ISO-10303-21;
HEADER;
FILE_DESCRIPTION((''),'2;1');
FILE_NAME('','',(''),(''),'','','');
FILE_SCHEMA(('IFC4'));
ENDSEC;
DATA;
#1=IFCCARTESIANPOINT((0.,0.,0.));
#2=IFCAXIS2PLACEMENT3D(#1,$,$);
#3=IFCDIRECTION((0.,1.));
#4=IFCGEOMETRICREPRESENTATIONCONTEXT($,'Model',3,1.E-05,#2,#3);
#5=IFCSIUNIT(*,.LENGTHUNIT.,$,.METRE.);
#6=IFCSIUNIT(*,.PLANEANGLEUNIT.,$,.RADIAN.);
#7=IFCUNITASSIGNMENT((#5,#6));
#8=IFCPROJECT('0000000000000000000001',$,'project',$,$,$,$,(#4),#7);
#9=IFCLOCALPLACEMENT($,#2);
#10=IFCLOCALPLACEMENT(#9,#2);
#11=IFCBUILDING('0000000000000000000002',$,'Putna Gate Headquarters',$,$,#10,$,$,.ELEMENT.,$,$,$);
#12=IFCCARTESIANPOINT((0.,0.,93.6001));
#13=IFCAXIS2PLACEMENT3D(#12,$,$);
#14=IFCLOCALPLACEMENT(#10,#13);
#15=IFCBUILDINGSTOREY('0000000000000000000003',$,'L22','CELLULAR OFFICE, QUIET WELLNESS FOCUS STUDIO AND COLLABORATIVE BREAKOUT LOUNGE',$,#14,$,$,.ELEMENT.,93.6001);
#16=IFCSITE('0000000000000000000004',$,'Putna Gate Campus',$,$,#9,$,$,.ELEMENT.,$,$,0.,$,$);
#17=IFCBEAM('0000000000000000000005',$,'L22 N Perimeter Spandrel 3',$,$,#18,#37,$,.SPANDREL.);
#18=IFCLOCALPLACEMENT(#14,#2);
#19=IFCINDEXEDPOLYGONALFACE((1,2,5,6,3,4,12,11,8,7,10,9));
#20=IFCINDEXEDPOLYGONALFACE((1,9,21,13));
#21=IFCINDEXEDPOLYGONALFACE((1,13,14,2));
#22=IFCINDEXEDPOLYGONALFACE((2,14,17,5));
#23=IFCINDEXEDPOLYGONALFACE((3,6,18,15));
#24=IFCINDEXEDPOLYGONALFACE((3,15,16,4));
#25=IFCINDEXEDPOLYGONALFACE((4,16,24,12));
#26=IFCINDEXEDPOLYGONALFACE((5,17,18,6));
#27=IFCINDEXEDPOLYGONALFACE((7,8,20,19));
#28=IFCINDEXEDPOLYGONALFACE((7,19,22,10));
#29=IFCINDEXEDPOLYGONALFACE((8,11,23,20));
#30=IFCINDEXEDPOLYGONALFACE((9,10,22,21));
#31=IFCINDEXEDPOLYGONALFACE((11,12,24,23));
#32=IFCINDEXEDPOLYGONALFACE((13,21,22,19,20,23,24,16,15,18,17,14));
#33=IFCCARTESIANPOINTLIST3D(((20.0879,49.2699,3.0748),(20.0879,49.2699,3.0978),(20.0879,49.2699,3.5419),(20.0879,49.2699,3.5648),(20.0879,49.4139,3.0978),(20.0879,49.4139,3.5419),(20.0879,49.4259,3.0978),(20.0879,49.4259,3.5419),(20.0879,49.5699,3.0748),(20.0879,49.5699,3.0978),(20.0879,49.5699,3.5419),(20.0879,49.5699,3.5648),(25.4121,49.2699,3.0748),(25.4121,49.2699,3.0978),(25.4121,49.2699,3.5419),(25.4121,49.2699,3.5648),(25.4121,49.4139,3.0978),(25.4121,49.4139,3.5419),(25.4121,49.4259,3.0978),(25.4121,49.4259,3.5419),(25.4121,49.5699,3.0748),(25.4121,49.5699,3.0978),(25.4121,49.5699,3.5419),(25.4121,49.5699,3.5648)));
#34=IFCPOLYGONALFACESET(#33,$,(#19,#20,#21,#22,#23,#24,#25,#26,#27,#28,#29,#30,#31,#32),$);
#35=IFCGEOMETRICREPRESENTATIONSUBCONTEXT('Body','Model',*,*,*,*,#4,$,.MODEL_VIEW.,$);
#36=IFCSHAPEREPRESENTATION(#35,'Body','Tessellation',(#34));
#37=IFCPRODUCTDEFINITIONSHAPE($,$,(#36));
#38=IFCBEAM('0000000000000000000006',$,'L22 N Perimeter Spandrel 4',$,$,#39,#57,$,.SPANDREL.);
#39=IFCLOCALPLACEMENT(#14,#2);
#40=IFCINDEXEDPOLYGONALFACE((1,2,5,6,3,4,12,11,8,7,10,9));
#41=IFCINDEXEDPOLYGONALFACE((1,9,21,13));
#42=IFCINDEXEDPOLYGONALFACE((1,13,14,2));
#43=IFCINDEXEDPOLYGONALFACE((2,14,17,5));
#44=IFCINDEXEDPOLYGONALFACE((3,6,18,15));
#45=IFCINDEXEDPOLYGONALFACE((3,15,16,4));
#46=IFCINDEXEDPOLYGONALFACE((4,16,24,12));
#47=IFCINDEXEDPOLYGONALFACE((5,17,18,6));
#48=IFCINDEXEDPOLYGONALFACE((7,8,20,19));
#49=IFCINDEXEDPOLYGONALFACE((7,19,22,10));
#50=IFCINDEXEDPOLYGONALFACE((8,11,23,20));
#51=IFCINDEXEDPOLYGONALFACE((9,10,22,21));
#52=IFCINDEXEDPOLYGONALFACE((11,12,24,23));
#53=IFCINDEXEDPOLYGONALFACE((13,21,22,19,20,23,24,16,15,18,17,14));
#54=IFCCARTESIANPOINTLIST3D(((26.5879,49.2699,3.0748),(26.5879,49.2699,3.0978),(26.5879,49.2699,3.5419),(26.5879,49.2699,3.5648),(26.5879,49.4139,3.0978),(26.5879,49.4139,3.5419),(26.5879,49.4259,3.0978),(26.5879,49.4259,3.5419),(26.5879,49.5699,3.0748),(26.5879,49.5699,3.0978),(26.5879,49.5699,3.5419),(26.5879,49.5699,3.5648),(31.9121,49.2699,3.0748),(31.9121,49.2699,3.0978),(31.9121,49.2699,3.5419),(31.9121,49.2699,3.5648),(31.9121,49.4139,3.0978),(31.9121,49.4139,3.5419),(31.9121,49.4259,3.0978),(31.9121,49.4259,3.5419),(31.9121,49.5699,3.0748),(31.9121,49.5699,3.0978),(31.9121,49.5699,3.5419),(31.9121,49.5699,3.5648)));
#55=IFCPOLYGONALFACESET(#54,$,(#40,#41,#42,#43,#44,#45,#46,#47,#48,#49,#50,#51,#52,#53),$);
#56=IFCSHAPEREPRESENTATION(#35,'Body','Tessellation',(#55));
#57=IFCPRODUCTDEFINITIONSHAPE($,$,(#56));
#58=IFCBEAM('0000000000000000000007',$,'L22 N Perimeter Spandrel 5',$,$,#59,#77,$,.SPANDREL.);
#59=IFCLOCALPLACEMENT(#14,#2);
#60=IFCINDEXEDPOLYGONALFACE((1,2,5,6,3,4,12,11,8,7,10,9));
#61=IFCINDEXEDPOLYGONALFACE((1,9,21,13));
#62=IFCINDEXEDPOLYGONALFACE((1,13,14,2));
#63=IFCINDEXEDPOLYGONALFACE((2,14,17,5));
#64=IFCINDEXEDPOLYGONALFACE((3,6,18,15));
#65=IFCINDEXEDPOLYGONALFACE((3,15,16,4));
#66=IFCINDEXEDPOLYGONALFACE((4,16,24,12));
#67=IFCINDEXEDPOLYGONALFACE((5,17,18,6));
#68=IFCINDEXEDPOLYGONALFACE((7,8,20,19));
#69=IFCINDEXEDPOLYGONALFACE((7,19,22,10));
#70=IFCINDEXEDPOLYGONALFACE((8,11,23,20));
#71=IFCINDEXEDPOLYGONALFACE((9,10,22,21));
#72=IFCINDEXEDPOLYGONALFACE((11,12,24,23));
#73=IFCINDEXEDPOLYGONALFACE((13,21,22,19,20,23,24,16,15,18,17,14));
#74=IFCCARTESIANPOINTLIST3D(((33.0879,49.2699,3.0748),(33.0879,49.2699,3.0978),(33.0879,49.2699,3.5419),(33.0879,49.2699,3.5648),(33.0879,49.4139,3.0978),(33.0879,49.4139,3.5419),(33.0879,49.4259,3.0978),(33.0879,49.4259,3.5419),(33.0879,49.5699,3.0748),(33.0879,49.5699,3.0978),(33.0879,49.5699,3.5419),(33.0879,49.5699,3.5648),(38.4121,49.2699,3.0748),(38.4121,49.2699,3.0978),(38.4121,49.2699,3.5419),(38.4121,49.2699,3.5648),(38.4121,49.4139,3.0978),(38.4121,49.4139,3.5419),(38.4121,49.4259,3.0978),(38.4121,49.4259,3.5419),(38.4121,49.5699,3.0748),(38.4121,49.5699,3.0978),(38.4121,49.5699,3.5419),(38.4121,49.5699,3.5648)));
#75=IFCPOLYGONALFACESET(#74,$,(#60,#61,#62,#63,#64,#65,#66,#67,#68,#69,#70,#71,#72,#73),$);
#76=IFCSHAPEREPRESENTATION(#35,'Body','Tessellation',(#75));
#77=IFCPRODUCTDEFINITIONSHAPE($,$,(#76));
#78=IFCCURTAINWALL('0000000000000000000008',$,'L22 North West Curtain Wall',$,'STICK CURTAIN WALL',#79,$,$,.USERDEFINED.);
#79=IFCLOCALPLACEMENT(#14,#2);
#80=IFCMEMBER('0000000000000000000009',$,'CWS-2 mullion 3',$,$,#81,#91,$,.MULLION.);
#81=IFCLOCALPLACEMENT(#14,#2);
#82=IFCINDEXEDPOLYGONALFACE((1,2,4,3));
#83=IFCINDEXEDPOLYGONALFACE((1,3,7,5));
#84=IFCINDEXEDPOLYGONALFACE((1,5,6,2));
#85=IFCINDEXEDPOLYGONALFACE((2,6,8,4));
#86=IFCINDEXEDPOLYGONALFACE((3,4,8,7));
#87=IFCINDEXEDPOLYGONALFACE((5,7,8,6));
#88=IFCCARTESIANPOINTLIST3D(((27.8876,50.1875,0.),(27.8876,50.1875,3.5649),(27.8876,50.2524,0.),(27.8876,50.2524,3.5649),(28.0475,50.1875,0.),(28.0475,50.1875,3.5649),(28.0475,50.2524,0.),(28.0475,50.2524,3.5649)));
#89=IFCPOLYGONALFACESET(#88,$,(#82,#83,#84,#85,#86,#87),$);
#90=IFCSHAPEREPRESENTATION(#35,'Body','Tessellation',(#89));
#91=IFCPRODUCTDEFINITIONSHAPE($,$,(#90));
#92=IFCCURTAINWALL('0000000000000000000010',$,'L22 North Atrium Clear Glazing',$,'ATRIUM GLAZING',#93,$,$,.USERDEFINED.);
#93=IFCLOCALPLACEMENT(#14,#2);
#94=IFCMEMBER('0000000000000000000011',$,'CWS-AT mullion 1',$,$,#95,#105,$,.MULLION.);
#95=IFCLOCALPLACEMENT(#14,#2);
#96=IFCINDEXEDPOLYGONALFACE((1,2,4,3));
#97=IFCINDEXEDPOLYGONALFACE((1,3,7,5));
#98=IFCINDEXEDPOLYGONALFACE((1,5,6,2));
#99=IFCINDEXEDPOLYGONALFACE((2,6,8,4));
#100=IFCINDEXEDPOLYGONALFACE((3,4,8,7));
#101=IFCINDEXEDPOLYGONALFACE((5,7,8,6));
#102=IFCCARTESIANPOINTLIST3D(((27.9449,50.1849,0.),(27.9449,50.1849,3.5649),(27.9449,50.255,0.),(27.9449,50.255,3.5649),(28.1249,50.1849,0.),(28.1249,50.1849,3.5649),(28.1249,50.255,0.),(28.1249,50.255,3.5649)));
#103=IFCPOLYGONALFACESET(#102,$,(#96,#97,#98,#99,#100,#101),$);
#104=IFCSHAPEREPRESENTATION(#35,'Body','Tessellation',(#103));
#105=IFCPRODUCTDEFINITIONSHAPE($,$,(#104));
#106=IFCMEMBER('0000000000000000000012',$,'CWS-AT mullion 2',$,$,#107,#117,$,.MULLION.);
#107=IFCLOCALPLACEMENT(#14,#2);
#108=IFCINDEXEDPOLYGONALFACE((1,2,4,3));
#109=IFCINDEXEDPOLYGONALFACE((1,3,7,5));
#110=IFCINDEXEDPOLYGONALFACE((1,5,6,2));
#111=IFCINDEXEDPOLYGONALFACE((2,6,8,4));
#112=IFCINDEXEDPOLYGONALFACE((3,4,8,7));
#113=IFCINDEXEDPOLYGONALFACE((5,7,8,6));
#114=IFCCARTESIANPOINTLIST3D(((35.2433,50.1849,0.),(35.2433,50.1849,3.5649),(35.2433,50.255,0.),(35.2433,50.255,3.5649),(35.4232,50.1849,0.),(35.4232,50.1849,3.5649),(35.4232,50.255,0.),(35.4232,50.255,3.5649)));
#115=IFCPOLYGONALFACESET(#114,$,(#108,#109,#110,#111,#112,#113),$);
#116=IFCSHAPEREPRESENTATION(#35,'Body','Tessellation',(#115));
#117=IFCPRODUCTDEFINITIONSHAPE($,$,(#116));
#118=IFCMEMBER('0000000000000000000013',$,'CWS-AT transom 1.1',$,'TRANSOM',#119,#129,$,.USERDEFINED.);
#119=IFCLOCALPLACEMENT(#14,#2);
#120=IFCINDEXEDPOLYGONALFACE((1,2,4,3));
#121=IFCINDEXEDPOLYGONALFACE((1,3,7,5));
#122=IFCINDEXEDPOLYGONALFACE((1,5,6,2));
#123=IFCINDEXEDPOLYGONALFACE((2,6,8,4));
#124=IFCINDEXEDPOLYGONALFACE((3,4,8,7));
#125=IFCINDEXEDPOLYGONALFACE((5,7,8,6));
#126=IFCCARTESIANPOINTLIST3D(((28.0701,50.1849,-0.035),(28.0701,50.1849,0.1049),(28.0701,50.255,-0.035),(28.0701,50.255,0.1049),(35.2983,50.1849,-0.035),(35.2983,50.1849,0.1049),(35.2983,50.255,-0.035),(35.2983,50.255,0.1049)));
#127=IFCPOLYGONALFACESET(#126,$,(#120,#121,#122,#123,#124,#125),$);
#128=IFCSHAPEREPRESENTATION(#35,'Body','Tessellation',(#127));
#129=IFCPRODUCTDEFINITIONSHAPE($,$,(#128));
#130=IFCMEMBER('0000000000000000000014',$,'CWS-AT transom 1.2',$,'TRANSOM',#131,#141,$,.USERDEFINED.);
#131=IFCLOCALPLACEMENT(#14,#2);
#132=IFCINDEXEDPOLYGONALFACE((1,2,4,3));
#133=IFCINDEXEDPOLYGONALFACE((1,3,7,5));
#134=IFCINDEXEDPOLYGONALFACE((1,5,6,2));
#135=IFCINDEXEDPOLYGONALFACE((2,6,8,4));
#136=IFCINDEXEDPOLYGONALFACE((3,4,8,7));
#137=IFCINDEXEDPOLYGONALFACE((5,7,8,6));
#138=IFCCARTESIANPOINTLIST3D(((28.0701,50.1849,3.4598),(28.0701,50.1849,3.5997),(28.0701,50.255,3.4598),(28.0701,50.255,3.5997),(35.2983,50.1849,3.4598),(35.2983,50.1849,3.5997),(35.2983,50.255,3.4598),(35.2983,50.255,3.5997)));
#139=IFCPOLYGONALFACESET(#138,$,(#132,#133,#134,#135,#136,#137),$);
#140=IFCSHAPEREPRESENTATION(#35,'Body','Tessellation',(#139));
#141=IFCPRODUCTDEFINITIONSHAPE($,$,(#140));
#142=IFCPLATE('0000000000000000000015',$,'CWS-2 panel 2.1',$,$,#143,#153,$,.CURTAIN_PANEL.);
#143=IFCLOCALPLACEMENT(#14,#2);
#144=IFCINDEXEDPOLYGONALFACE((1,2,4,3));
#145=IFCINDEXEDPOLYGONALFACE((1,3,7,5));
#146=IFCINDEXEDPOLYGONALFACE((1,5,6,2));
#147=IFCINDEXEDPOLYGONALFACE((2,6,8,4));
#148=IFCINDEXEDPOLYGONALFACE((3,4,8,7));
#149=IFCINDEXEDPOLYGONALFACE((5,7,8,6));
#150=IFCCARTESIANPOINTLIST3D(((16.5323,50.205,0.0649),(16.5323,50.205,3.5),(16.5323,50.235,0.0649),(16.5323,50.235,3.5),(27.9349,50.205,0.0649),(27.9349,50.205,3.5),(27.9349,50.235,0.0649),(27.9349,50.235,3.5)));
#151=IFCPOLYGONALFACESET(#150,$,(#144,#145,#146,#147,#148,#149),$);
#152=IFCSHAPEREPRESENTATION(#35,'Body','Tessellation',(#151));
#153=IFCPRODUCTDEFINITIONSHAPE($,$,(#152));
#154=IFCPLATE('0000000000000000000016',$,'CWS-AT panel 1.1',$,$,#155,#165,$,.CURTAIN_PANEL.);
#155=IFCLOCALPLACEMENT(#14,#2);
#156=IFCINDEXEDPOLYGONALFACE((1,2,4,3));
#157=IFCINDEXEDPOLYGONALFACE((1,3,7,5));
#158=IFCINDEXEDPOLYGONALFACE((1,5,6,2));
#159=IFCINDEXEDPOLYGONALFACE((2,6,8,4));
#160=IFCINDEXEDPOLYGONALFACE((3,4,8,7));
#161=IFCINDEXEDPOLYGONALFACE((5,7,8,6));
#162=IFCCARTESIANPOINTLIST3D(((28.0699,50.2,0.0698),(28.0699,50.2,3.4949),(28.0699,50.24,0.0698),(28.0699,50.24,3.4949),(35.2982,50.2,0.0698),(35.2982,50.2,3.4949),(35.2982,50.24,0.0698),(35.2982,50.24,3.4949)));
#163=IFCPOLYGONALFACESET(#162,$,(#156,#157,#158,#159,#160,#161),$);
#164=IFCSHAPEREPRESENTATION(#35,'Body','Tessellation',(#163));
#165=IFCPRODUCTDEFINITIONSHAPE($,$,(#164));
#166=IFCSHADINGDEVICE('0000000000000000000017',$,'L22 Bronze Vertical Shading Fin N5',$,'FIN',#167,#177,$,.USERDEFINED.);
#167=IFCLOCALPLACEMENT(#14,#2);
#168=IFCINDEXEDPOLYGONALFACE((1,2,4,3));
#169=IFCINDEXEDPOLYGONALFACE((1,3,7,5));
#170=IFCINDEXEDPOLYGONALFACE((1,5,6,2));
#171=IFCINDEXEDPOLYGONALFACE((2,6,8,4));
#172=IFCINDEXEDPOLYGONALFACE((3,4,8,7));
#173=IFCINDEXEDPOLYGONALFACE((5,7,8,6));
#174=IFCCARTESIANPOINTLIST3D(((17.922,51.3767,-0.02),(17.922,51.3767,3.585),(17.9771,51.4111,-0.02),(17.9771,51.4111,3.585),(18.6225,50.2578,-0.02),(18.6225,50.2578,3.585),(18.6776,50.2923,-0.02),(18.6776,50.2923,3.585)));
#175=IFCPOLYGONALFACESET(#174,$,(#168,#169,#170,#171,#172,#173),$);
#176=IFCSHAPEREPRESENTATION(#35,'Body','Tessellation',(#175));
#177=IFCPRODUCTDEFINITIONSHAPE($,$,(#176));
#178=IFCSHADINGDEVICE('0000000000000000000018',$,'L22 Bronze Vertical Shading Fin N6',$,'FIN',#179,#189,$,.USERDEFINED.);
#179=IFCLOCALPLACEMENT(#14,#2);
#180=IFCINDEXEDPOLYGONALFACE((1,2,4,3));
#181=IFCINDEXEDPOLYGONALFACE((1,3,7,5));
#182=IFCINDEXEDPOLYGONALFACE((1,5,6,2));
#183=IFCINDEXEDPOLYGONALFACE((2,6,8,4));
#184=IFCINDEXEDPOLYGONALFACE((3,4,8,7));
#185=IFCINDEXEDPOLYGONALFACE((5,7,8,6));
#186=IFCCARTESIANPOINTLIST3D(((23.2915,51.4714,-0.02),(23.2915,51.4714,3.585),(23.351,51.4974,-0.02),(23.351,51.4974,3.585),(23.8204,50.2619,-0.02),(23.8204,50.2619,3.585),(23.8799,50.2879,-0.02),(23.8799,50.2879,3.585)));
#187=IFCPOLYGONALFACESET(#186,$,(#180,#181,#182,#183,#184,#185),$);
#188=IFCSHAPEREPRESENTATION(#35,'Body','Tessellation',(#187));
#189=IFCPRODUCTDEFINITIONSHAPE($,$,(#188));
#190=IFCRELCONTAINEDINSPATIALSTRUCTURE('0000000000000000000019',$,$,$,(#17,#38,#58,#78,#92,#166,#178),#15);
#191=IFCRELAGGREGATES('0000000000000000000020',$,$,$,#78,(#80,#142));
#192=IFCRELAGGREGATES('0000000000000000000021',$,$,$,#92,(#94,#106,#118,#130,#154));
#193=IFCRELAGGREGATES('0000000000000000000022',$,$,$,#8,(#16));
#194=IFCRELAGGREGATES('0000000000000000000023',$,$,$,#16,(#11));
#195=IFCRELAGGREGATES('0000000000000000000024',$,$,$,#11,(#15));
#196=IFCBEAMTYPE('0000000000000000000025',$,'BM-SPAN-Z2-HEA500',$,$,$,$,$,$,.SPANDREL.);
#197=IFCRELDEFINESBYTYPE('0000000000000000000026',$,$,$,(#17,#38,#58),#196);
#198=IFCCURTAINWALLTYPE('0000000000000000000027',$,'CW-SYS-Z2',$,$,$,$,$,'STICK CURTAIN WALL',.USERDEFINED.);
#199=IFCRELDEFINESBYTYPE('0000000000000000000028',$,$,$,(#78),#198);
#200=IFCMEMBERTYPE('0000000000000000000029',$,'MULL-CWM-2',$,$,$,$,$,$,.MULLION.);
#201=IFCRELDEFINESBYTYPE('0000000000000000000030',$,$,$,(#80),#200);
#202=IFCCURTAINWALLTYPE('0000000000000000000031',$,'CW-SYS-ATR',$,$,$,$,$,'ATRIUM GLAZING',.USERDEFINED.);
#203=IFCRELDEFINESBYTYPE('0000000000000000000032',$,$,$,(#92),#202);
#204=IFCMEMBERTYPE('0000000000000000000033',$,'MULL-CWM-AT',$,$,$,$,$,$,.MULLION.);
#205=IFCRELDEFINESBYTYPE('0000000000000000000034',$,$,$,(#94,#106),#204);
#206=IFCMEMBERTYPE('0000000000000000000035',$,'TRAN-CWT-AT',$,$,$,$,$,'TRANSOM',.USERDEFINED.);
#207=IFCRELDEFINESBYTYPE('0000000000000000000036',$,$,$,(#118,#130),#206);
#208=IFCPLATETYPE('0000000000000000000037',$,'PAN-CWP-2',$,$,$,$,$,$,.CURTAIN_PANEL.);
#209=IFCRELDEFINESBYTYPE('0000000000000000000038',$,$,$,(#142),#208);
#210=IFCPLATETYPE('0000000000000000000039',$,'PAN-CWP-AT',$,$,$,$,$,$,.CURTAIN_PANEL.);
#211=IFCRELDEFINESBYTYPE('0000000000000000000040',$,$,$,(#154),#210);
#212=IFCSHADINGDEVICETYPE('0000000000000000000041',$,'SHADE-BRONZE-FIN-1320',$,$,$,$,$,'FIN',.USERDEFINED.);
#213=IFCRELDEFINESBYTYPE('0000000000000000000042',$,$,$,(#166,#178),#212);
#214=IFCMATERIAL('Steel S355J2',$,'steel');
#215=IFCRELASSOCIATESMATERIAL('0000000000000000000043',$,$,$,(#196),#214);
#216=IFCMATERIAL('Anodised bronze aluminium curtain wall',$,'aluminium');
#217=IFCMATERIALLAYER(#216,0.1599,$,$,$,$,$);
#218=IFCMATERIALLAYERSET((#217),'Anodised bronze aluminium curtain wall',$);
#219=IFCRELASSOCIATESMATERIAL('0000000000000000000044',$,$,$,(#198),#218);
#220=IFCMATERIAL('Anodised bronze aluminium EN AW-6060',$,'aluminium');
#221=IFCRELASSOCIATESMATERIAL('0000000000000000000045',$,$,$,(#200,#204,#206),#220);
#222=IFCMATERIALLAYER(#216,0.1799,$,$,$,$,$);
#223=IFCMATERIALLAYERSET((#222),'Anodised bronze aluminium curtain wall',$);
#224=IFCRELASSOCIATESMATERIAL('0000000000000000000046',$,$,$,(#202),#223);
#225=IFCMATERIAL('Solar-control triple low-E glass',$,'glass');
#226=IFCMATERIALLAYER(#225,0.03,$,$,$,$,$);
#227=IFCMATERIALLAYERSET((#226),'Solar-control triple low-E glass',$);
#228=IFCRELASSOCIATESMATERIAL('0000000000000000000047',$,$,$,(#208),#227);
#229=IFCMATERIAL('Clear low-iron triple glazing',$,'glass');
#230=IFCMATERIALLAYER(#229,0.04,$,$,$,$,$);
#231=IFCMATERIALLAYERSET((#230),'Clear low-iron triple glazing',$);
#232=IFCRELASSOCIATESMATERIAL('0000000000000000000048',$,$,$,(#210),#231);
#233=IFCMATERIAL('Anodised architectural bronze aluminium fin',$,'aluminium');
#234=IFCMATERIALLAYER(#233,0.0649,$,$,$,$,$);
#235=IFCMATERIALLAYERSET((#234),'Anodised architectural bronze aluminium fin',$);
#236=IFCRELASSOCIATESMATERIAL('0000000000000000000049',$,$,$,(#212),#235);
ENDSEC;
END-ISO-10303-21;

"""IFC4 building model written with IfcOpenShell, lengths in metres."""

from ifc_helpers import new_model, si_unit, direction, frame, origin, origin_2d, place, context, subcontext, project, spatial, rectangle, i_section, extrude, material, layer, layer_set, material_profile, profile_set, type_object, element, aggregate, save


model = new_model("IFC4")

# Units and contexts
model_context = context("Model", 3, precision=1e-05, world=origin(), true_north=direction((0.0, 1.0)))
body_context = subcontext(model_context, "Body", "Model", "MODEL_VIEW")
ifc_project = project(units=[si_unit("LENGTHUNIT", "METRE"), si_unit("PLANEANGLEUNIT", "RADIAN")], contexts=[model_context])

# Site, building, storey
site_placement = place(None, origin())
site = spatial("IfcSite", under=ifc_project, at=site_placement, Name="Putna Gate Campus", CompositionType="ELEMENT", RefElevation=0.0)
building_placement = place(site_placement, origin())
building = spatial("IfcBuilding", under=site, at=building_placement, Name="Putna Gate Headquarters", CompositionType="ELEMENT")
storey_placement = place(building_placement, frame((0.0, 0.0, 93.6001)))
storey = spatial("IfcBuildingStorey", under=building, at=storey_placement, Name="L22", Description="CELLULAR OFFICE, QUIET WELLNESS FOCUS STUDIO AND COLLABORATIVE BREAKOUT LOUNGE", CompositionType="ELEMENT", Elevation=93.6001)

# Beams
ifc_material_1 = material(Name="Steel S355J2", Category="steel")
ifc_material_profile_1 = material_profile(ifc_material_1, i_section(OverallWidth=0.3, OverallDepth=0.49, WebThickness=0.012, FlangeThickness=0.0229, at=origin_2d()), Name="Steel S355J2")
ifc_profile_set_1 = profile_set([ifc_material_profile_1], Name="Steel S355J2")
beam_type_1 = type_object("IfcBeamType", Name="BM-SPAN-Z2-HEA500", PredefinedType="SPANDREL", material=ifc_profile_set_1)
for number, where, z_axis, x_axis, name in (
    (1, (20.0879, 49.4199, 3.3198), (1.0, 0.0, 0.0), (0.0, 1.0, 0.0), "L22 N Perimeter Spandrel 3"),
    (2, (26.5879, 49.4199, 3.3198), (1.0, 0.0, 0.0), (0.0, 1.0, 0.0), "L22 N Perimeter Spandrel 4"),
    (3, (33.0879, 49.4199, 3.3198), (1.0, 0.0, 0.0), (0.0, 1.0, 0.0), "L22 N Perimeter Spandrel 5"),
):
    element("IfcBeam", number, at=place(storey_placement, frame(where, z_axis=z_axis, x_axis=x_axis)), inside=storey, type_object=beam_type_1, Name=name, PredefinedType="SPANDREL", context=body_context, shape_type="SweptSolid", body=[
        extrude(i_section(OverallWidth=0.3, OverallDepth=0.49, WebThickness=0.012, FlangeThickness=0.0229, at=origin_2d()), origin(), (0.0, 0.0, 1.0), 5.3242),
    ])

# Curtain wall, member
ifc_material_2 = material(Name="Anodised bronze aluminium curtain wall", Category="aluminium")
ifc_layer_1 = layer(ifc_material_2, 0.1599)
ifc_layer_set_1 = layer_set([ifc_layer_1], Name="Anodised bronze aluminium curtain wall")
curtain_wall_type_1 = type_object("IfcCurtainWallType", Name="CW-SYS-Z2", ElementType="STICK CURTAIN WALL", PredefinedType="USERDEFINED", material=ifc_layer_set_1)
curtain_wall_1_placement = place(storey_placement, origin())
curtain_wall_1 = element("IfcCurtainWall", 4, at=curtain_wall_1_placement, inside=storey, type_object=curtain_wall_type_1, Name="L22 North West Curtain Wall", ObjectType="STICK CURTAIN WALL", PredefinedType="USERDEFINED")
ifc_material_3 = material(Name="Anodised bronze aluminium EN AW-6060", Category="aluminium")
ifc_material_profile_2 = material_profile(ifc_material_3, rectangle(XDim=0.0649, YDim=0.1599, at=origin_2d()), Name="Anodised bronze aluminium EN AW-6060")
ifc_profile_set_2 = profile_set([ifc_material_profile_2], Name="Anodised bronze aluminium EN AW-6060")
member_type_1 = type_object("IfcMemberType", Name="MULL-CWM-2", PredefinedType="MULLION", material=ifc_profile_set_2)
member_1_placement = place(storey_placement, frame((27.9675, 50.22, 0.0), z_axis=(0.0, 0.0, 1.0), x_axis=(0.0, 1.0, 0.0)))
member_1 = element("IfcMember", 5, at=member_1_placement, type_object=member_type_1, Name="CWS-2 mullion 3", PredefinedType="MULLION", context=body_context, shape_type="SweptSolid", body=[
    extrude(rectangle(XDim=0.0649, YDim=0.1599, at=origin_2d()), origin(), (0.0, 0.0, 1.0), 3.5649),
])

# Curtain wall, members
ifc_layer_2 = layer(ifc_material_2, 0.1799)
ifc_layer_set_2 = layer_set([ifc_layer_2], Name="Anodised bronze aluminium curtain wall")
curtain_wall_type_2 = type_object("IfcCurtainWallType", Name="CW-SYS-ATR", ElementType="ATRIUM GLAZING", PredefinedType="USERDEFINED", material=ifc_layer_set_2)
curtain_wall_2_placement = place(storey_placement, origin())
curtain_wall_2 = element("IfcCurtainWall", 6, at=curtain_wall_2_placement, inside=storey, type_object=curtain_wall_type_2, Name="L22 North Atrium Clear Glazing", ObjectType="ATRIUM GLAZING", PredefinedType="USERDEFINED")
ifc_material_profile_3 = material_profile(ifc_material_3, rectangle(XDim=0.0701, YDim=0.1799, at=origin_2d()), Name="Anodised bronze aluminium EN AW-6060")
ifc_profile_set_3 = profile_set([ifc_material_profile_3], Name="Anodised bronze aluminium EN AW-6060")
member_type_2 = type_object("IfcMemberType", Name="MULL-CWM-AT", PredefinedType="MULLION", material=ifc_profile_set_3)
member_2_placement = place(storey_placement, frame((28.0349, 50.22, 0.0), z_axis=(0.0, 0.0, 1.0), x_axis=(0.0, 1.0, 0.0)))
member_2 = element("IfcMember", 7, at=member_2_placement, type_object=member_type_2, Name="CWS-AT mullion 1", PredefinedType="MULLION", context=body_context, shape_type="SweptSolid", body=[
    extrude(rectangle(XDim=0.0701, YDim=0.1799, at=origin_2d()), origin(), (0.0, 0.0, 1.0), 3.5649),
])
member_3_placement = place(storey_placement, frame((35.3333, 50.22, 0.0), z_axis=(0.0, 0.0, 1.0), x_axis=(0.0, 1.0, 0.0)))
member_3 = element("IfcMember", 8, at=member_3_placement, type_object=member_type_2, Name="CWS-AT mullion 2", PredefinedType="MULLION", context=body_context, shape_type="SweptSolid", body=[
    extrude(rectangle(XDim=0.0701, YDim=0.1799, at=origin_2d()), origin(), (0.0, 0.0, 1.0), 3.5649),
])
ifc_material_profile_4 = material_profile(ifc_material_3, rectangle(XDim=0.0701, YDim=0.1399, at=origin_2d()), Name="Anodised bronze aluminium EN AW-6060")
ifc_profile_set_4 = profile_set([ifc_material_profile_4], Name="Anodised bronze aluminium EN AW-6060")
member_type_3 = type_object("IfcMemberType", Name="TRAN-CWT-AT", ElementType="TRANSOM", PredefinedType="USERDEFINED", material=ifc_profile_set_4)
member_4_placement = place(storey_placement, frame((28.0701, 50.22, 0.0349), z_axis=(1.0, 0.0, 0.0), x_axis=(0.0, 1.0, 0.0)))
member_4 = element("IfcMember", 9, at=member_4_placement, type_object=member_type_3, Name="CWS-AT transom 1.1", ObjectType="TRANSOM", PredefinedType="USERDEFINED", context=body_context, shape_type="SweptSolid", body=[
    extrude(rectangle(XDim=0.0701, YDim=0.1399, at=origin_2d()), origin(), (0.0, 0.0, 1.0), 7.2283),
])
member_5_placement = place(storey_placement, frame((28.0701, 50.22, 3.5298), z_axis=(1.0, 0.0, 0.0), x_axis=(0.0, 1.0, 0.0)))
member_5 = element("IfcMember", 10, at=member_5_placement, type_object=member_type_3, Name="CWS-AT transom 1.2", ObjectType="TRANSOM", PredefinedType="USERDEFINED", context=body_context, shape_type="SweptSolid", body=[
    extrude(rectangle(XDim=0.0701, YDim=0.1399, at=origin_2d()), origin(), (0.0, 0.0, 1.0), 7.2283),
])

# Plates
ifc_material_4 = material(Name="Solar-control triple low-E glass", Category="glass")
ifc_layer_3 = layer(ifc_material_4, 0.03)
ifc_layer_set_3 = layer_set([ifc_layer_3], Name="Solar-control triple low-E glass")
plate_type_1 = type_object("IfcPlateType", Name="PAN-CWP-2", PredefinedType="CURTAIN_PANEL", material=ifc_layer_set_3)
plate_1_placement = place(storey_placement, frame((22.2336, 50.22, 0.0649), z_axis=(0.0, 0.0, 1.0), x_axis=(1.0, 0.0, 0.0)))
plate_1 = element("IfcPlate", 11, at=plate_1_placement, type_object=plate_type_1, Name="CWS-2 panel 2.1", PredefinedType="CURTAIN_PANEL", context=body_context, shape_type="SweptSolid", body=[
    extrude(rectangle(XDim=11.4026, YDim=0.03, at=origin_2d()), origin(), (0.0, 0.0, 1.0), 3.4351),
])
aggregate(curtain_wall_1, [member_1, plate_1])
ifc_material_5 = material(Name="Clear low-iron triple glazing", Category="glass")
ifc_layer_4 = layer(ifc_material_5, 0.04)
ifc_layer_set_4 = layer_set([ifc_layer_4], Name="Clear low-iron triple glazing")
plate_type_2 = type_object("IfcPlateType", Name="PAN-CWP-AT", PredefinedType="CURTAIN_PANEL", material=ifc_layer_set_4)
plate_2_placement = place(storey_placement, frame((31.6841, 50.22, 0.0698), z_axis=(0.0, 0.0, 1.0), x_axis=(1.0, 0.0, 0.0)))
plate_2 = element("IfcPlate", 12, at=plate_2_placement, type_object=plate_type_2, Name="CWS-AT panel 1.1", PredefinedType="CURTAIN_PANEL", context=body_context, shape_type="SweptSolid", body=[
    extrude(rectangle(XDim=7.2283, YDim=0.04, at=origin_2d()), origin(), (0.0, 0.0, 1.0), 3.425),
])
aggregate(curtain_wall_2, [member_2, member_3, member_4, member_5, plate_2])

# Shading devices
ifc_material_6 = material(Name="Anodised architectural bronze aluminium fin", Category="aluminium")
ifc_layer_5 = layer(ifc_material_6, 0.0649)
ifc_layer_set_5 = layer_set([ifc_layer_5], Name="Anodised architectural bronze aluminium fin")
shading_device_type = type_object("IfcShadingDeviceType", Name="SHADE-BRONZE-FIN-1320", ElementType="FIN", PredefinedType="USERDEFINED", material=ifc_layer_set_5)
for number, where, z_axis, x_axis, name in (
    (13, (18.2998, 50.8345, -0.02), (0.0, 0.0, 1.0), (-0.530659, 0.847585, 0.0), "L22 Bronze Vertical Shading Fin N5"),
    (14, (23.5857, 50.8796, -0.02), (0.0, 0.0, 1.0), (-0.400669, 0.916223, 0.0), "L22 Bronze Vertical Shading Fin N6"),
):
    element("IfcShadingDevice", number, at=place(storey_placement, frame(where, z_axis=z_axis, x_axis=x_axis)), inside=storey, type_object=shading_device_type, Name=name, ObjectType="FIN", PredefinedType="USERDEFINED", context=body_context, shape_type="SweptSolid", body=[
        extrude(rectangle(XDim=1.3201, YDim=0.0649, at=origin_2d()), origin(), (0.0, 0.0, 1.0), 3.605),
    ])

save(model, "model.ifc")
